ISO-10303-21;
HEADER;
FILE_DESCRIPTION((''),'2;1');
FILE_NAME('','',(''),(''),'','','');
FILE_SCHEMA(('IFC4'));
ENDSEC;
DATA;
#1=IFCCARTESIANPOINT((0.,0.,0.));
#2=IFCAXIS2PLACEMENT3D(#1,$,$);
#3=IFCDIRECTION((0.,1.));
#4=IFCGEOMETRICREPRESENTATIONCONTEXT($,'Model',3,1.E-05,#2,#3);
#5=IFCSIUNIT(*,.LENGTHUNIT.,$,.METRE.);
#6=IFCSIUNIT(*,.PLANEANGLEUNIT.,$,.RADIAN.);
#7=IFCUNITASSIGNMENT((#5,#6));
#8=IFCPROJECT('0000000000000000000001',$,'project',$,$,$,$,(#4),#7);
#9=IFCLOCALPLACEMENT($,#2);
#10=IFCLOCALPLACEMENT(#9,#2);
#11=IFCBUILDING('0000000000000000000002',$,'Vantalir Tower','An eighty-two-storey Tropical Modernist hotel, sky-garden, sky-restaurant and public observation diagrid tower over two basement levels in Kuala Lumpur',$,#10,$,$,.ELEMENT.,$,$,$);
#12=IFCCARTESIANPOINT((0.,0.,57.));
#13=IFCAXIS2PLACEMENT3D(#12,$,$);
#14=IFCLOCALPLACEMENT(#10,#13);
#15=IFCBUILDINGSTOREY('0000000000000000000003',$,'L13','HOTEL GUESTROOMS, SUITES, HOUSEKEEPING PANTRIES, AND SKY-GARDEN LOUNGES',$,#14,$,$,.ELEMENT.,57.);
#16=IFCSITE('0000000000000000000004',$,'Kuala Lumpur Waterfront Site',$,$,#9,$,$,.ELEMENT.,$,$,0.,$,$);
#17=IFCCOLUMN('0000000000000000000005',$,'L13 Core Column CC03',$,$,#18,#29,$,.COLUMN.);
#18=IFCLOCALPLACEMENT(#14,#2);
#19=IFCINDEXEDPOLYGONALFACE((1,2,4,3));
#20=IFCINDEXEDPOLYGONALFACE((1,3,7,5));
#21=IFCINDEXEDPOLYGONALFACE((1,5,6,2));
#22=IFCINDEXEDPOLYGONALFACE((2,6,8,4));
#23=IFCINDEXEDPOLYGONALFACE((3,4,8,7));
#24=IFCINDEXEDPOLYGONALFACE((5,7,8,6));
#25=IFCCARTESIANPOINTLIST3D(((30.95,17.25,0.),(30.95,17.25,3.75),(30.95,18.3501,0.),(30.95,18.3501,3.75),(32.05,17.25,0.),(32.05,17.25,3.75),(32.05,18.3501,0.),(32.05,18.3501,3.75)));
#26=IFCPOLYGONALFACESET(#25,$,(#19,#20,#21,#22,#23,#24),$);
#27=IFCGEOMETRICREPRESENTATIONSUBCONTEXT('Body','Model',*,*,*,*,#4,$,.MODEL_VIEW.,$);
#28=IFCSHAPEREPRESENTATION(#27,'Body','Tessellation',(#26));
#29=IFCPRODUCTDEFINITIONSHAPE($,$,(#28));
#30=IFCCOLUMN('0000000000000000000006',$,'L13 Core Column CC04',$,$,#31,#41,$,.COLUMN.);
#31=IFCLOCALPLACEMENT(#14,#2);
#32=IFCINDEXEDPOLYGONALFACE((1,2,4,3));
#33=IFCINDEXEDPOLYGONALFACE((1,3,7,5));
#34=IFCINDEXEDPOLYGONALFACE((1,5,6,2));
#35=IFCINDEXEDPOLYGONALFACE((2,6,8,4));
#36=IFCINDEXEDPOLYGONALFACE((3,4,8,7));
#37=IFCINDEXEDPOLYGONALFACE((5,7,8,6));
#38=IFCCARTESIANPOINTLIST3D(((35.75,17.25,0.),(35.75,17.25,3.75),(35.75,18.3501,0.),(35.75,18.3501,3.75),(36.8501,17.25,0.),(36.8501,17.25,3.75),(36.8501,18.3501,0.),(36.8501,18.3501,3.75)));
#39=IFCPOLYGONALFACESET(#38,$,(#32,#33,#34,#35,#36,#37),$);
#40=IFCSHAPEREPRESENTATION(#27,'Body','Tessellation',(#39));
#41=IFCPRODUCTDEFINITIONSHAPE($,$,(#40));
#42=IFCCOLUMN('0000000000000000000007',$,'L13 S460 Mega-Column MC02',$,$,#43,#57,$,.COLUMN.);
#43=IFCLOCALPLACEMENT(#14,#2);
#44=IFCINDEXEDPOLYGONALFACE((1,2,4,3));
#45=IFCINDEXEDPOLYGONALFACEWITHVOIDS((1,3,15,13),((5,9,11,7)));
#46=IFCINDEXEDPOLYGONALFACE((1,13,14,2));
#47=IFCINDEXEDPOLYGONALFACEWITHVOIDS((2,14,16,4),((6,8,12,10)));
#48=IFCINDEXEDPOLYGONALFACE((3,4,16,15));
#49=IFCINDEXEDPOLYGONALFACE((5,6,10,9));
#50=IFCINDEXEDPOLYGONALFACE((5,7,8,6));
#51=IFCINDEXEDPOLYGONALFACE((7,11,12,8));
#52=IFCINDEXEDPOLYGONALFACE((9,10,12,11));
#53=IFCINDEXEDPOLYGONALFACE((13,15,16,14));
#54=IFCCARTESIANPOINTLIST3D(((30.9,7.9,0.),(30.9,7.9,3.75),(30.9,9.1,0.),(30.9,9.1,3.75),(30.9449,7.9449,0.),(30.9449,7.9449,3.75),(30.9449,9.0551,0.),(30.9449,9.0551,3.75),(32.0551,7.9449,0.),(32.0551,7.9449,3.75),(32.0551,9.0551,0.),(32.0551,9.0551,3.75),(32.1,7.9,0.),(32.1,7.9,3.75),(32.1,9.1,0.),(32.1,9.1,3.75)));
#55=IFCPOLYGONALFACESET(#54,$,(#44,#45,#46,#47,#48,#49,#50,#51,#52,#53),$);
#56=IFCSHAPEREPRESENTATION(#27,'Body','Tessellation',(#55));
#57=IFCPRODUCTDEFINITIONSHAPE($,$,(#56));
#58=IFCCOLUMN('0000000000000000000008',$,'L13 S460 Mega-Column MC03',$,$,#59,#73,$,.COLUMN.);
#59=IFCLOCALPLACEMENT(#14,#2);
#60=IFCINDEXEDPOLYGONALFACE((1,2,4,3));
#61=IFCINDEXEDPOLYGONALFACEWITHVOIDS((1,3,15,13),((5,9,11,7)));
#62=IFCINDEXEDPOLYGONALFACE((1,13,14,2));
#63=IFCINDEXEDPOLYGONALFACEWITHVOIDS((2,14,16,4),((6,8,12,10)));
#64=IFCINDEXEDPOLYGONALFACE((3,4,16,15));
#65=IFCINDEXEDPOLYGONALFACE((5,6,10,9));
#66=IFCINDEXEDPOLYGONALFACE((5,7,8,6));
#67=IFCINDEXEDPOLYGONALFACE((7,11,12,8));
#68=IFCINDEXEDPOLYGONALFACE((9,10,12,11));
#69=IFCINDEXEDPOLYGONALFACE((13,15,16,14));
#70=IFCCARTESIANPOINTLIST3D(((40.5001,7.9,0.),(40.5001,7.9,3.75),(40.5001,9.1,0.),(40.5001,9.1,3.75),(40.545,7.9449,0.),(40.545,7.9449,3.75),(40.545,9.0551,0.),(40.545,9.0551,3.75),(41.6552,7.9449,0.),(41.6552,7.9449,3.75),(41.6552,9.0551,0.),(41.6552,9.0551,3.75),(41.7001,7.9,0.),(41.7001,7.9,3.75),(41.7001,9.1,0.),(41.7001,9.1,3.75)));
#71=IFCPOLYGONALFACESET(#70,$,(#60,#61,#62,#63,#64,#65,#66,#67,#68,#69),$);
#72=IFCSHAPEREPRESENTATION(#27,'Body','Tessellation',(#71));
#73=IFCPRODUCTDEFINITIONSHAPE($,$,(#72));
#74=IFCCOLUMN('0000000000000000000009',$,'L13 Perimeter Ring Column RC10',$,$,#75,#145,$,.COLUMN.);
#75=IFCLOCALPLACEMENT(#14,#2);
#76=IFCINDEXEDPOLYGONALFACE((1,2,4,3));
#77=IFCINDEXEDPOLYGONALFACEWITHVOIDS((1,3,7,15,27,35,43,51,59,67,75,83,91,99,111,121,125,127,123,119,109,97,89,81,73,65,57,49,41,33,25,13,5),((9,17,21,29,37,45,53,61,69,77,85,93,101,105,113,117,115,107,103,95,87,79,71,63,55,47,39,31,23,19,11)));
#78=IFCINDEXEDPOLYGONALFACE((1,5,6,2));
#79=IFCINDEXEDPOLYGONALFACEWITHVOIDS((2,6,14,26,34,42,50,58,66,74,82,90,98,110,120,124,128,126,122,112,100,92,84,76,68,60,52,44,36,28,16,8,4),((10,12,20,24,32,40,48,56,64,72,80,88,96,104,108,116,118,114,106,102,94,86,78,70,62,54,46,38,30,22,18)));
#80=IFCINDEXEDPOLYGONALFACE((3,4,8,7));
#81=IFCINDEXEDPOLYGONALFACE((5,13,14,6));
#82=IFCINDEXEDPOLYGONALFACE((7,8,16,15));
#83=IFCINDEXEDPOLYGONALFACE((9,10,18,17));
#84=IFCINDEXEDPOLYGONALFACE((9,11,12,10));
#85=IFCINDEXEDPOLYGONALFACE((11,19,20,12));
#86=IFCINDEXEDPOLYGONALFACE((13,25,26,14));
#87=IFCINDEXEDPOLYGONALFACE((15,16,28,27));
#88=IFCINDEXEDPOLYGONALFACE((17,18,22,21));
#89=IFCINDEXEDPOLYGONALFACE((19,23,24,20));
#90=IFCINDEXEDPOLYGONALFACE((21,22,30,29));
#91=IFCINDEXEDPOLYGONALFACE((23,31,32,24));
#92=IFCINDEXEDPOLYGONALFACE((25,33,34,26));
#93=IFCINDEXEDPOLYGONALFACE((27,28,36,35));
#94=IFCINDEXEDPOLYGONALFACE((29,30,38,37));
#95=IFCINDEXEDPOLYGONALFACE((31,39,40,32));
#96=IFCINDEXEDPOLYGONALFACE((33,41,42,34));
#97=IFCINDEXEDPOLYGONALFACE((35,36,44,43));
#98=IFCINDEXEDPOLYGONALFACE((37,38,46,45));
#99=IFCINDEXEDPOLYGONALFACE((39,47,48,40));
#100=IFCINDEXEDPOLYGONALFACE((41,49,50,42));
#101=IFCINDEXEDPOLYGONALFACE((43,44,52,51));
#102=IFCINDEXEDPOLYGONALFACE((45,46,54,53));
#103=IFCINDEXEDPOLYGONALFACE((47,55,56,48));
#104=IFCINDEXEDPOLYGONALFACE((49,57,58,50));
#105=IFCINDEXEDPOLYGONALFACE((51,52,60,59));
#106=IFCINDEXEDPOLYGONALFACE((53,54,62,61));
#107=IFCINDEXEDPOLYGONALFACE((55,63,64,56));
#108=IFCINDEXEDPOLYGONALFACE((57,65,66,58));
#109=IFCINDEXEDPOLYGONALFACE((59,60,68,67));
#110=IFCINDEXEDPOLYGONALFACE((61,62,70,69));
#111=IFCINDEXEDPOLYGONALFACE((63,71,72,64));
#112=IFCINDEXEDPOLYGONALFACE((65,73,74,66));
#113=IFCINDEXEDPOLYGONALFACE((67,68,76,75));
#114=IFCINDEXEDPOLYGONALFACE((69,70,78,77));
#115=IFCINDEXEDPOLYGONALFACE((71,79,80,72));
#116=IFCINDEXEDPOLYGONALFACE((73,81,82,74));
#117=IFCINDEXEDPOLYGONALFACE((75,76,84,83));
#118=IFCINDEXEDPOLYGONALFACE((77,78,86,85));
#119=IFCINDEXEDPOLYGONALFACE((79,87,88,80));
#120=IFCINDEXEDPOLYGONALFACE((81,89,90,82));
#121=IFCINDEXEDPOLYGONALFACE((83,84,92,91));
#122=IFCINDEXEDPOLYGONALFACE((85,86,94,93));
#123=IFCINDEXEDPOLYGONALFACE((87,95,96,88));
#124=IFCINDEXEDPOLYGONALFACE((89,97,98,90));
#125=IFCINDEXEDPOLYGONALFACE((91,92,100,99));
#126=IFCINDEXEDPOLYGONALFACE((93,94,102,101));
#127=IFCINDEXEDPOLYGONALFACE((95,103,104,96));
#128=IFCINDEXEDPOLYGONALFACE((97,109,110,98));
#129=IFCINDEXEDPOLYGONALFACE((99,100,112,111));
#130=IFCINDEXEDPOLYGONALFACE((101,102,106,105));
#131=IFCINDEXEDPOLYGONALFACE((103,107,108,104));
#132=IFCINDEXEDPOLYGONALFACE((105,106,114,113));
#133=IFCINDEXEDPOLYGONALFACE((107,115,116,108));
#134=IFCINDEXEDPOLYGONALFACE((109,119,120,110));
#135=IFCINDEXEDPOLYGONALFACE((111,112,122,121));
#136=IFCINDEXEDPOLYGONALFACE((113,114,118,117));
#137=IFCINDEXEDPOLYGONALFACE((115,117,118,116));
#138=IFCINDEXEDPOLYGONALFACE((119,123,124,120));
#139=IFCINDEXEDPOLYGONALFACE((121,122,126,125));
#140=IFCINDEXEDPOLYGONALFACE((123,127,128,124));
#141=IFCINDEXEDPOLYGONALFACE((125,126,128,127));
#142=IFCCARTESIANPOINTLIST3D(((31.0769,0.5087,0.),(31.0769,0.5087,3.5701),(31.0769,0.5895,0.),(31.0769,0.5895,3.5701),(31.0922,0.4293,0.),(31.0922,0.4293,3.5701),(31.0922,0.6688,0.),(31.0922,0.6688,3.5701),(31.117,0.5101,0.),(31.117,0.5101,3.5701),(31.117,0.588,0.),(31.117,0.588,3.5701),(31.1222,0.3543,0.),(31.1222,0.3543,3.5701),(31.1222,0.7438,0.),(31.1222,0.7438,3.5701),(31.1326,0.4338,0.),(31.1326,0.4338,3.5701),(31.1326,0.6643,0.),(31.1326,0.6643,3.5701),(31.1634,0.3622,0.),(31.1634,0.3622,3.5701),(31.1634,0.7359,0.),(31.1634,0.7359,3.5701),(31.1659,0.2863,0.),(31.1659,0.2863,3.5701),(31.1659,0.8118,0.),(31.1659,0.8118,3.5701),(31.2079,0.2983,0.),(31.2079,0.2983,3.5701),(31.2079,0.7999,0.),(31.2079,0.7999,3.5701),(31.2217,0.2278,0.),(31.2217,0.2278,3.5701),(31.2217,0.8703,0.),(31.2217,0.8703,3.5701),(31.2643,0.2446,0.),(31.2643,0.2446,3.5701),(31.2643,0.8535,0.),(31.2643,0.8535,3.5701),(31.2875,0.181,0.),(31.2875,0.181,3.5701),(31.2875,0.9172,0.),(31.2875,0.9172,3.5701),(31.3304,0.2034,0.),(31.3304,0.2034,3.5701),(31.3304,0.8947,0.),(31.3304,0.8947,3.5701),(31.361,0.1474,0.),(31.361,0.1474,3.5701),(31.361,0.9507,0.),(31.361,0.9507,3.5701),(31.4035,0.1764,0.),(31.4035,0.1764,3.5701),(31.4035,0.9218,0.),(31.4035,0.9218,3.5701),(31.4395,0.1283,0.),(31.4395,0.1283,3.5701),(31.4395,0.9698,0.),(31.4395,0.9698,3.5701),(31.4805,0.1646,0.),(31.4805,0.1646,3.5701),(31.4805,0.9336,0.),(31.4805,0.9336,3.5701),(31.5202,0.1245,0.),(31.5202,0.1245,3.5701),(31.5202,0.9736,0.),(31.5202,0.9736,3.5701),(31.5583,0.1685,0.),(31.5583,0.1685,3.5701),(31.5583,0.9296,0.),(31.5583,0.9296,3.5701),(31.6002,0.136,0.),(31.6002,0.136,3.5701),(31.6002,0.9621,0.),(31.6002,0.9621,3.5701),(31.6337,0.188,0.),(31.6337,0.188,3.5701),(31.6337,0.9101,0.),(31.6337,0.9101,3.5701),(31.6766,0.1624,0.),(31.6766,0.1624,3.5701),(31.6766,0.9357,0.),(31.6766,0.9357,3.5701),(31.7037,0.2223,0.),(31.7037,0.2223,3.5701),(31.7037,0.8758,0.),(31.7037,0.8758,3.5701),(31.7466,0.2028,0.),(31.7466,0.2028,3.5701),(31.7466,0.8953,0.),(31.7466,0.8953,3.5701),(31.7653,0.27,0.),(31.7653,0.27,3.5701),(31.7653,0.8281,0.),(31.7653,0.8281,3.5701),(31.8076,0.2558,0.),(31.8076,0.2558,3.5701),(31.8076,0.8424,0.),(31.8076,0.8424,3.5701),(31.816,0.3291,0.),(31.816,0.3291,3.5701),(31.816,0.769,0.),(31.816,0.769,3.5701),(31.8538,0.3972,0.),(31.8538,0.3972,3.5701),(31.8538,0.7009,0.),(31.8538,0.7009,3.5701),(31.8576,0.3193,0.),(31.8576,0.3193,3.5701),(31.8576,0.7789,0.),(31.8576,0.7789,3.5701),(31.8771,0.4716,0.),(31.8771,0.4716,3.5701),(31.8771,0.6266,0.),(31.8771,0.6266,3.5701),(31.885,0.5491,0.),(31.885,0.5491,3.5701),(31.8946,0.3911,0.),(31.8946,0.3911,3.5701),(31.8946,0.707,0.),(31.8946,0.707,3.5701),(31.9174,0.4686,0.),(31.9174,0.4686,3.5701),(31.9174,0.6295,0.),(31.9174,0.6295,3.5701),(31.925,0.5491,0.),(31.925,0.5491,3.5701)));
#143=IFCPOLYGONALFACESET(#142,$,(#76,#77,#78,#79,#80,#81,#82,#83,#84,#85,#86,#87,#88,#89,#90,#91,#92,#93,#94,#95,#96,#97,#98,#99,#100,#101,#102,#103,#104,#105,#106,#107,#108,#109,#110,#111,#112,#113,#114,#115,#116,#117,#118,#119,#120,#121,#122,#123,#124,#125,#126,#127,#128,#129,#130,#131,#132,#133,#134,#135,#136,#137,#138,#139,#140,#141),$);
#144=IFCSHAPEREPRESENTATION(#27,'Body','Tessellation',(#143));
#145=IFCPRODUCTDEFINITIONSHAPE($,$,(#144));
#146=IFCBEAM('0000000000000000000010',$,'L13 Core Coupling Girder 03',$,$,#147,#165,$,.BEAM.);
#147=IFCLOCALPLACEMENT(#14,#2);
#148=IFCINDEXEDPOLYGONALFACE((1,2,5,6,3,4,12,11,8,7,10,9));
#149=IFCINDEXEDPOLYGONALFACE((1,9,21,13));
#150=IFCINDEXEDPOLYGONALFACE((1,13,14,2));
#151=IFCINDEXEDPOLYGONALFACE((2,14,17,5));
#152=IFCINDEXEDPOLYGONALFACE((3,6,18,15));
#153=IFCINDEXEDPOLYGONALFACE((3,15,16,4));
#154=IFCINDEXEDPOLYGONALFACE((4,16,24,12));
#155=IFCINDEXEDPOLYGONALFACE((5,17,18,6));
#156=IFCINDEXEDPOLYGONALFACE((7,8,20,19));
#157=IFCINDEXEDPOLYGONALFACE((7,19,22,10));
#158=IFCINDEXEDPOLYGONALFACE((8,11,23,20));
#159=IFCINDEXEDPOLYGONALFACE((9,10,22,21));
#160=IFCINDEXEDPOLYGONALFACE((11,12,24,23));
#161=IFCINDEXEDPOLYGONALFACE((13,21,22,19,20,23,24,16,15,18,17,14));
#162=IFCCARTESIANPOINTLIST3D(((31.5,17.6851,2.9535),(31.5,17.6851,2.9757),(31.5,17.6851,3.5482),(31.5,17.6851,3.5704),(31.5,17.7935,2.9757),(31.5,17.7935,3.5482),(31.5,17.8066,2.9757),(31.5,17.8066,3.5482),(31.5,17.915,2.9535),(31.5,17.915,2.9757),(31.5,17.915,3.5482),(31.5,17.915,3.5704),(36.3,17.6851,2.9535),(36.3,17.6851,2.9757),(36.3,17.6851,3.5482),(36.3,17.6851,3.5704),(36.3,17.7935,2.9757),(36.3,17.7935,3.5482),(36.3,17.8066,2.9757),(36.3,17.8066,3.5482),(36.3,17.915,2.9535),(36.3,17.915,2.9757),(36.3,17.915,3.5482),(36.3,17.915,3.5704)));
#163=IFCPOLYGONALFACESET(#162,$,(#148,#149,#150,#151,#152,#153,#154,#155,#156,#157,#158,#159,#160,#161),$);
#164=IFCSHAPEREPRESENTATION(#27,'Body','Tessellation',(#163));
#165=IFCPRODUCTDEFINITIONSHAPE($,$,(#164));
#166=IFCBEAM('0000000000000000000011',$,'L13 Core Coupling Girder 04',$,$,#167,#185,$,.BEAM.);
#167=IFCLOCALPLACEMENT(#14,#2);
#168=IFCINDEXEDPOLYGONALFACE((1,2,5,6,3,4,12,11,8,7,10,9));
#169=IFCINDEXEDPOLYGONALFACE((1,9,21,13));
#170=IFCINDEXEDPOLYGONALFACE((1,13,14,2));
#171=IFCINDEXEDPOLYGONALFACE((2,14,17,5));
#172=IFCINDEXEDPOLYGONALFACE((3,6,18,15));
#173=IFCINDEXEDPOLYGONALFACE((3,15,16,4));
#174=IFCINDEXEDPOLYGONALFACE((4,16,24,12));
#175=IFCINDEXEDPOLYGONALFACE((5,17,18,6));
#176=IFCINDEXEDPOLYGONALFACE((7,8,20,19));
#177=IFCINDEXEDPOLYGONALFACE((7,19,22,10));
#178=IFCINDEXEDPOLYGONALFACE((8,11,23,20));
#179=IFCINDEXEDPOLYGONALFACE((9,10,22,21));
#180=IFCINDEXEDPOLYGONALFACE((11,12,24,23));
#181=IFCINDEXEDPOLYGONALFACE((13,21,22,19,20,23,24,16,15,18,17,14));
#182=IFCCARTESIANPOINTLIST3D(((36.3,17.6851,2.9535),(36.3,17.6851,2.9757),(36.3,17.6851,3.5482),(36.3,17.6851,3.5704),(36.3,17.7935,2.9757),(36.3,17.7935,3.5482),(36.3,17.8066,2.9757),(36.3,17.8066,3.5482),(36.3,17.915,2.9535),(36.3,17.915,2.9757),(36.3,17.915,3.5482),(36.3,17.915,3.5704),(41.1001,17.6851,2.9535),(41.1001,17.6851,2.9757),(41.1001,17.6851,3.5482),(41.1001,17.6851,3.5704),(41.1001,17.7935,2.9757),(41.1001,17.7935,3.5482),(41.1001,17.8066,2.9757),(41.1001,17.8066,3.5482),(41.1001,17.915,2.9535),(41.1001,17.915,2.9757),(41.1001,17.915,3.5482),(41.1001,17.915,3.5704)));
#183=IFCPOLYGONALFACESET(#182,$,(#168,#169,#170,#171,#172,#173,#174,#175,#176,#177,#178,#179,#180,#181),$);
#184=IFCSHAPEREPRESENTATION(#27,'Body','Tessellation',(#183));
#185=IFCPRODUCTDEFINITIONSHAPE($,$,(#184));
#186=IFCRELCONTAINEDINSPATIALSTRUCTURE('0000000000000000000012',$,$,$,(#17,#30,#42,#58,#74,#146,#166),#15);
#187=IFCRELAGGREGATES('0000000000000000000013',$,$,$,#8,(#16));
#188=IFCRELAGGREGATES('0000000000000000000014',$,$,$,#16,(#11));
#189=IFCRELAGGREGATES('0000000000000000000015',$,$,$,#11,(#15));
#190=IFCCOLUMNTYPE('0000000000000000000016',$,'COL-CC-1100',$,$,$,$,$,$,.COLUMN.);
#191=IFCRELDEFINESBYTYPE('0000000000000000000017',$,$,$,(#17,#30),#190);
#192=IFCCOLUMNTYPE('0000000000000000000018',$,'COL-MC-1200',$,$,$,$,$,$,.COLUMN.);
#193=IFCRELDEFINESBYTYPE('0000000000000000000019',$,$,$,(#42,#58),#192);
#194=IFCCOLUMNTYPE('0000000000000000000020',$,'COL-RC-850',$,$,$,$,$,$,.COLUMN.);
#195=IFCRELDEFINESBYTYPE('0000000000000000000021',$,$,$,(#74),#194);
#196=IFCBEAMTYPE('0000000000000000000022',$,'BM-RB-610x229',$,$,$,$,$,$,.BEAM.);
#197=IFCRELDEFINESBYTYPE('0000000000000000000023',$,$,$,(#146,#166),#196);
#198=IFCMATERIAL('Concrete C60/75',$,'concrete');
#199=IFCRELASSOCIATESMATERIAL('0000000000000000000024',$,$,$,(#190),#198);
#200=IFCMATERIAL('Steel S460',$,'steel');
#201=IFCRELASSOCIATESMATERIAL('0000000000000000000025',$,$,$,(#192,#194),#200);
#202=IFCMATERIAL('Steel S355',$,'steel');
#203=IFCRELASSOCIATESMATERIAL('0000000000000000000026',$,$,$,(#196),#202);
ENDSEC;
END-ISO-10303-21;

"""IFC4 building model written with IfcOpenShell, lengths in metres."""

from ifc_helpers import new_model, si_unit, direction, frame, origin, origin_2d, place, context, subcontext, project, spatial, rectangle, hollow_rectangle, hollow_circle, i_section, extrude, material, material_profile, profile_set, type_object, element, save


model = new_model("IFC4")

# Units and contexts
model_context = context("Model", 3, precision=1e-05, world=origin(), true_north=direction((0.0, 1.0)))
body_context = subcontext(model_context, "Body", "Model", "MODEL_VIEW")
ifc_project = project(units=[si_unit("LENGTHUNIT", "METRE"), si_unit("PLANEANGLEUNIT", "RADIAN")], contexts=[model_context])

# Site, building, storey
site_placement = place(None, origin())
site = spatial("IfcSite", under=ifc_project, at=site_placement, Name="Kuala Lumpur Waterfront Site", CompositionType="ELEMENT", RefElevation=0.0)
building_placement = place(site_placement, origin())
building = spatial("IfcBuilding", under=site, at=building_placement, Name="Vantalir Tower", Description="An eighty-two-storey Tropical Modernist hotel, sky-garden, sky-restaurant and public observation diagrid tower over two basement levels in Kuala Lumpur", CompositionType="ELEMENT")
storey_placement = place(building_placement, frame((0.0, 0.0, 57.0)))
storey = spatial("IfcBuildingStorey", under=building, at=storey_placement, Name="L13", Description="HOTEL GUESTROOMS, SUITES, HOUSEKEEPING PANTRIES, AND SKY-GARDEN LOUNGES", CompositionType="ELEMENT", Elevation=57.0)

# Columns
ifc_material_1 = material(Name="Concrete C60/75", Category="concrete")
ifc_material_profile_1 = material_profile(ifc_material_1, rectangle(XDim=1.1001, YDim=1.1001, at=origin_2d()), Name="Concrete C60/75")
ifc_profile_set_1 = profile_set([ifc_material_profile_1], Name="Concrete C60/75")
column_type_1 = type_object("IfcColumnType", Name="COL-CC-1100", PredefinedType="COLUMN", material=ifc_profile_set_1)
for number, where, z_axis, x_axis, name in (
    (1, (31.5, 17.8, 0.0), (0.0, 0.0, 1.0), (1.0, 0.0, 0.0), "L13 Core Column CC03"),
    (2, (36.3, 17.8, 0.0), (0.0, 0.0, 1.0), (1.0, 0.0, 0.0), "L13 Core Column CC04"),
):
    element("IfcColumn", number, at=place(storey_placement, frame(where, z_axis=z_axis, x_axis=x_axis)), inside=storey, type_object=column_type_1, Name=name, PredefinedType="COLUMN", context=body_context, shape_type="SweptSolid", body=[
        extrude(rectangle(XDim=1.1001, YDim=1.1001, at=origin_2d()), origin(), (0.0, 0.0, 1.0), 3.75),
    ])
ifc_material_2 = material(Name="Steel S460", Category="steel")
ifc_material_profile_2 = material_profile(ifc_material_2, hollow_rectangle(XDim=1.2, YDim=1.2, WallThickness=0.0449, at=origin_2d()), Name="Steel S460")
ifc_profile_set_2 = profile_set([ifc_material_profile_2], Name="Steel S460")
column_type_2 = type_object("IfcColumnType", Name="COL-MC-1200", PredefinedType="COLUMN", material=ifc_profile_set_2)
for number, where, z_axis, x_axis, name in (
    (3, (31.5, 8.5, 0.0), (0.0, 0.0, 1.0), (1.0, 0.0, 0.0), "L13 S460 Mega-Column MC02"),
    (4, (41.1001, 8.5, 0.0), (0.0, 0.0, 1.0), (1.0, 0.0, 0.0), "L13 S460 Mega-Column MC03"),
):
    element("IfcColumn", number, at=place(storey_placement, frame(where, z_axis=z_axis, x_axis=x_axis)), inside=storey, type_object=column_type_2, Name=name, PredefinedType="COLUMN", context=body_context, shape_type="SweptSolid", body=[
        extrude(hollow_rectangle(XDim=1.2, YDim=1.2, WallThickness=0.0449, at=origin_2d()), origin(), (0.0, 0.0, 1.0), 3.75),
    ])
ifc_material_profile_3 = material_profile(ifc_material_2, hollow_circle(Radius=0.425, WallThickness=0.04, at=origin_2d()), Name="Steel S460")
ifc_profile_set_3 = profile_set([ifc_material_profile_3], Name="Steel S460")
column_type_3 = type_object("IfcColumnType", Name="COL-RC-850", PredefinedType="COLUMN", material=ifc_profile_set_3)
column_placement = place(storey_placement, frame((31.5, 0.5491, 0.0), z_axis=(0.0, 0.0, 1.0), x_axis=(1.0, 0.0, 0.0)))
element("IfcColumn", 5, at=column_placement, inside=storey, type_object=column_type_3, Name="L13 Perimeter Ring Column RC10", PredefinedType="COLUMN", context=body_context, shape_type="SweptSolid", body=[
    extrude(hollow_circle(Radius=0.425, WallThickness=0.04, at=origin_2d()), origin(), (0.0, 0.0, 1.0), 3.5701),
])

# Beams
ifc_material_3 = material(Name="Steel S355", Category="steel")
ifc_material_profile_4 = material_profile(ifc_material_3, i_section(OverallWidth=0.23, OverallDepth=0.6169, WebThickness=0.0132, FlangeThickness=0.0222, at=origin_2d()), Name="Steel S355")
ifc_profile_set_4 = profile_set([ifc_material_profile_4], Name="Steel S355")
beam_type_1 = type_object("IfcBeamType", Name="BM-RB-610x229", PredefinedType="BEAM", material=ifc_profile_set_4)
for number, where, z_axis, x_axis, name in (
    (6, (31.5, 17.8, 3.262), (1.0, 0.0, 0.0), (0.0, 1.0, 0.0), "L13 Core Coupling Girder 03"),
    (7, (36.3, 17.8, 3.262), (1.0, 0.0, 0.0), (0.0, 1.0, 0.0), "L13 Core Coupling Girder 04"),
):
    element("IfcBeam", number, at=place(storey_placement, frame(where, z_axis=z_axis, x_axis=x_axis)), inside=storey, type_object=beam_type_1, Name=name, PredefinedType="BEAM", context=body_context, shape_type="SweptSolid", body=[
        extrude(i_section(OverallWidth=0.23, OverallDepth=0.6169, WebThickness=0.0132, FlangeThickness=0.0222, at=origin_2d()), origin(), (0.0, 0.0, 1.0), 4.8),
    ])

save(model, "model.ifc")
